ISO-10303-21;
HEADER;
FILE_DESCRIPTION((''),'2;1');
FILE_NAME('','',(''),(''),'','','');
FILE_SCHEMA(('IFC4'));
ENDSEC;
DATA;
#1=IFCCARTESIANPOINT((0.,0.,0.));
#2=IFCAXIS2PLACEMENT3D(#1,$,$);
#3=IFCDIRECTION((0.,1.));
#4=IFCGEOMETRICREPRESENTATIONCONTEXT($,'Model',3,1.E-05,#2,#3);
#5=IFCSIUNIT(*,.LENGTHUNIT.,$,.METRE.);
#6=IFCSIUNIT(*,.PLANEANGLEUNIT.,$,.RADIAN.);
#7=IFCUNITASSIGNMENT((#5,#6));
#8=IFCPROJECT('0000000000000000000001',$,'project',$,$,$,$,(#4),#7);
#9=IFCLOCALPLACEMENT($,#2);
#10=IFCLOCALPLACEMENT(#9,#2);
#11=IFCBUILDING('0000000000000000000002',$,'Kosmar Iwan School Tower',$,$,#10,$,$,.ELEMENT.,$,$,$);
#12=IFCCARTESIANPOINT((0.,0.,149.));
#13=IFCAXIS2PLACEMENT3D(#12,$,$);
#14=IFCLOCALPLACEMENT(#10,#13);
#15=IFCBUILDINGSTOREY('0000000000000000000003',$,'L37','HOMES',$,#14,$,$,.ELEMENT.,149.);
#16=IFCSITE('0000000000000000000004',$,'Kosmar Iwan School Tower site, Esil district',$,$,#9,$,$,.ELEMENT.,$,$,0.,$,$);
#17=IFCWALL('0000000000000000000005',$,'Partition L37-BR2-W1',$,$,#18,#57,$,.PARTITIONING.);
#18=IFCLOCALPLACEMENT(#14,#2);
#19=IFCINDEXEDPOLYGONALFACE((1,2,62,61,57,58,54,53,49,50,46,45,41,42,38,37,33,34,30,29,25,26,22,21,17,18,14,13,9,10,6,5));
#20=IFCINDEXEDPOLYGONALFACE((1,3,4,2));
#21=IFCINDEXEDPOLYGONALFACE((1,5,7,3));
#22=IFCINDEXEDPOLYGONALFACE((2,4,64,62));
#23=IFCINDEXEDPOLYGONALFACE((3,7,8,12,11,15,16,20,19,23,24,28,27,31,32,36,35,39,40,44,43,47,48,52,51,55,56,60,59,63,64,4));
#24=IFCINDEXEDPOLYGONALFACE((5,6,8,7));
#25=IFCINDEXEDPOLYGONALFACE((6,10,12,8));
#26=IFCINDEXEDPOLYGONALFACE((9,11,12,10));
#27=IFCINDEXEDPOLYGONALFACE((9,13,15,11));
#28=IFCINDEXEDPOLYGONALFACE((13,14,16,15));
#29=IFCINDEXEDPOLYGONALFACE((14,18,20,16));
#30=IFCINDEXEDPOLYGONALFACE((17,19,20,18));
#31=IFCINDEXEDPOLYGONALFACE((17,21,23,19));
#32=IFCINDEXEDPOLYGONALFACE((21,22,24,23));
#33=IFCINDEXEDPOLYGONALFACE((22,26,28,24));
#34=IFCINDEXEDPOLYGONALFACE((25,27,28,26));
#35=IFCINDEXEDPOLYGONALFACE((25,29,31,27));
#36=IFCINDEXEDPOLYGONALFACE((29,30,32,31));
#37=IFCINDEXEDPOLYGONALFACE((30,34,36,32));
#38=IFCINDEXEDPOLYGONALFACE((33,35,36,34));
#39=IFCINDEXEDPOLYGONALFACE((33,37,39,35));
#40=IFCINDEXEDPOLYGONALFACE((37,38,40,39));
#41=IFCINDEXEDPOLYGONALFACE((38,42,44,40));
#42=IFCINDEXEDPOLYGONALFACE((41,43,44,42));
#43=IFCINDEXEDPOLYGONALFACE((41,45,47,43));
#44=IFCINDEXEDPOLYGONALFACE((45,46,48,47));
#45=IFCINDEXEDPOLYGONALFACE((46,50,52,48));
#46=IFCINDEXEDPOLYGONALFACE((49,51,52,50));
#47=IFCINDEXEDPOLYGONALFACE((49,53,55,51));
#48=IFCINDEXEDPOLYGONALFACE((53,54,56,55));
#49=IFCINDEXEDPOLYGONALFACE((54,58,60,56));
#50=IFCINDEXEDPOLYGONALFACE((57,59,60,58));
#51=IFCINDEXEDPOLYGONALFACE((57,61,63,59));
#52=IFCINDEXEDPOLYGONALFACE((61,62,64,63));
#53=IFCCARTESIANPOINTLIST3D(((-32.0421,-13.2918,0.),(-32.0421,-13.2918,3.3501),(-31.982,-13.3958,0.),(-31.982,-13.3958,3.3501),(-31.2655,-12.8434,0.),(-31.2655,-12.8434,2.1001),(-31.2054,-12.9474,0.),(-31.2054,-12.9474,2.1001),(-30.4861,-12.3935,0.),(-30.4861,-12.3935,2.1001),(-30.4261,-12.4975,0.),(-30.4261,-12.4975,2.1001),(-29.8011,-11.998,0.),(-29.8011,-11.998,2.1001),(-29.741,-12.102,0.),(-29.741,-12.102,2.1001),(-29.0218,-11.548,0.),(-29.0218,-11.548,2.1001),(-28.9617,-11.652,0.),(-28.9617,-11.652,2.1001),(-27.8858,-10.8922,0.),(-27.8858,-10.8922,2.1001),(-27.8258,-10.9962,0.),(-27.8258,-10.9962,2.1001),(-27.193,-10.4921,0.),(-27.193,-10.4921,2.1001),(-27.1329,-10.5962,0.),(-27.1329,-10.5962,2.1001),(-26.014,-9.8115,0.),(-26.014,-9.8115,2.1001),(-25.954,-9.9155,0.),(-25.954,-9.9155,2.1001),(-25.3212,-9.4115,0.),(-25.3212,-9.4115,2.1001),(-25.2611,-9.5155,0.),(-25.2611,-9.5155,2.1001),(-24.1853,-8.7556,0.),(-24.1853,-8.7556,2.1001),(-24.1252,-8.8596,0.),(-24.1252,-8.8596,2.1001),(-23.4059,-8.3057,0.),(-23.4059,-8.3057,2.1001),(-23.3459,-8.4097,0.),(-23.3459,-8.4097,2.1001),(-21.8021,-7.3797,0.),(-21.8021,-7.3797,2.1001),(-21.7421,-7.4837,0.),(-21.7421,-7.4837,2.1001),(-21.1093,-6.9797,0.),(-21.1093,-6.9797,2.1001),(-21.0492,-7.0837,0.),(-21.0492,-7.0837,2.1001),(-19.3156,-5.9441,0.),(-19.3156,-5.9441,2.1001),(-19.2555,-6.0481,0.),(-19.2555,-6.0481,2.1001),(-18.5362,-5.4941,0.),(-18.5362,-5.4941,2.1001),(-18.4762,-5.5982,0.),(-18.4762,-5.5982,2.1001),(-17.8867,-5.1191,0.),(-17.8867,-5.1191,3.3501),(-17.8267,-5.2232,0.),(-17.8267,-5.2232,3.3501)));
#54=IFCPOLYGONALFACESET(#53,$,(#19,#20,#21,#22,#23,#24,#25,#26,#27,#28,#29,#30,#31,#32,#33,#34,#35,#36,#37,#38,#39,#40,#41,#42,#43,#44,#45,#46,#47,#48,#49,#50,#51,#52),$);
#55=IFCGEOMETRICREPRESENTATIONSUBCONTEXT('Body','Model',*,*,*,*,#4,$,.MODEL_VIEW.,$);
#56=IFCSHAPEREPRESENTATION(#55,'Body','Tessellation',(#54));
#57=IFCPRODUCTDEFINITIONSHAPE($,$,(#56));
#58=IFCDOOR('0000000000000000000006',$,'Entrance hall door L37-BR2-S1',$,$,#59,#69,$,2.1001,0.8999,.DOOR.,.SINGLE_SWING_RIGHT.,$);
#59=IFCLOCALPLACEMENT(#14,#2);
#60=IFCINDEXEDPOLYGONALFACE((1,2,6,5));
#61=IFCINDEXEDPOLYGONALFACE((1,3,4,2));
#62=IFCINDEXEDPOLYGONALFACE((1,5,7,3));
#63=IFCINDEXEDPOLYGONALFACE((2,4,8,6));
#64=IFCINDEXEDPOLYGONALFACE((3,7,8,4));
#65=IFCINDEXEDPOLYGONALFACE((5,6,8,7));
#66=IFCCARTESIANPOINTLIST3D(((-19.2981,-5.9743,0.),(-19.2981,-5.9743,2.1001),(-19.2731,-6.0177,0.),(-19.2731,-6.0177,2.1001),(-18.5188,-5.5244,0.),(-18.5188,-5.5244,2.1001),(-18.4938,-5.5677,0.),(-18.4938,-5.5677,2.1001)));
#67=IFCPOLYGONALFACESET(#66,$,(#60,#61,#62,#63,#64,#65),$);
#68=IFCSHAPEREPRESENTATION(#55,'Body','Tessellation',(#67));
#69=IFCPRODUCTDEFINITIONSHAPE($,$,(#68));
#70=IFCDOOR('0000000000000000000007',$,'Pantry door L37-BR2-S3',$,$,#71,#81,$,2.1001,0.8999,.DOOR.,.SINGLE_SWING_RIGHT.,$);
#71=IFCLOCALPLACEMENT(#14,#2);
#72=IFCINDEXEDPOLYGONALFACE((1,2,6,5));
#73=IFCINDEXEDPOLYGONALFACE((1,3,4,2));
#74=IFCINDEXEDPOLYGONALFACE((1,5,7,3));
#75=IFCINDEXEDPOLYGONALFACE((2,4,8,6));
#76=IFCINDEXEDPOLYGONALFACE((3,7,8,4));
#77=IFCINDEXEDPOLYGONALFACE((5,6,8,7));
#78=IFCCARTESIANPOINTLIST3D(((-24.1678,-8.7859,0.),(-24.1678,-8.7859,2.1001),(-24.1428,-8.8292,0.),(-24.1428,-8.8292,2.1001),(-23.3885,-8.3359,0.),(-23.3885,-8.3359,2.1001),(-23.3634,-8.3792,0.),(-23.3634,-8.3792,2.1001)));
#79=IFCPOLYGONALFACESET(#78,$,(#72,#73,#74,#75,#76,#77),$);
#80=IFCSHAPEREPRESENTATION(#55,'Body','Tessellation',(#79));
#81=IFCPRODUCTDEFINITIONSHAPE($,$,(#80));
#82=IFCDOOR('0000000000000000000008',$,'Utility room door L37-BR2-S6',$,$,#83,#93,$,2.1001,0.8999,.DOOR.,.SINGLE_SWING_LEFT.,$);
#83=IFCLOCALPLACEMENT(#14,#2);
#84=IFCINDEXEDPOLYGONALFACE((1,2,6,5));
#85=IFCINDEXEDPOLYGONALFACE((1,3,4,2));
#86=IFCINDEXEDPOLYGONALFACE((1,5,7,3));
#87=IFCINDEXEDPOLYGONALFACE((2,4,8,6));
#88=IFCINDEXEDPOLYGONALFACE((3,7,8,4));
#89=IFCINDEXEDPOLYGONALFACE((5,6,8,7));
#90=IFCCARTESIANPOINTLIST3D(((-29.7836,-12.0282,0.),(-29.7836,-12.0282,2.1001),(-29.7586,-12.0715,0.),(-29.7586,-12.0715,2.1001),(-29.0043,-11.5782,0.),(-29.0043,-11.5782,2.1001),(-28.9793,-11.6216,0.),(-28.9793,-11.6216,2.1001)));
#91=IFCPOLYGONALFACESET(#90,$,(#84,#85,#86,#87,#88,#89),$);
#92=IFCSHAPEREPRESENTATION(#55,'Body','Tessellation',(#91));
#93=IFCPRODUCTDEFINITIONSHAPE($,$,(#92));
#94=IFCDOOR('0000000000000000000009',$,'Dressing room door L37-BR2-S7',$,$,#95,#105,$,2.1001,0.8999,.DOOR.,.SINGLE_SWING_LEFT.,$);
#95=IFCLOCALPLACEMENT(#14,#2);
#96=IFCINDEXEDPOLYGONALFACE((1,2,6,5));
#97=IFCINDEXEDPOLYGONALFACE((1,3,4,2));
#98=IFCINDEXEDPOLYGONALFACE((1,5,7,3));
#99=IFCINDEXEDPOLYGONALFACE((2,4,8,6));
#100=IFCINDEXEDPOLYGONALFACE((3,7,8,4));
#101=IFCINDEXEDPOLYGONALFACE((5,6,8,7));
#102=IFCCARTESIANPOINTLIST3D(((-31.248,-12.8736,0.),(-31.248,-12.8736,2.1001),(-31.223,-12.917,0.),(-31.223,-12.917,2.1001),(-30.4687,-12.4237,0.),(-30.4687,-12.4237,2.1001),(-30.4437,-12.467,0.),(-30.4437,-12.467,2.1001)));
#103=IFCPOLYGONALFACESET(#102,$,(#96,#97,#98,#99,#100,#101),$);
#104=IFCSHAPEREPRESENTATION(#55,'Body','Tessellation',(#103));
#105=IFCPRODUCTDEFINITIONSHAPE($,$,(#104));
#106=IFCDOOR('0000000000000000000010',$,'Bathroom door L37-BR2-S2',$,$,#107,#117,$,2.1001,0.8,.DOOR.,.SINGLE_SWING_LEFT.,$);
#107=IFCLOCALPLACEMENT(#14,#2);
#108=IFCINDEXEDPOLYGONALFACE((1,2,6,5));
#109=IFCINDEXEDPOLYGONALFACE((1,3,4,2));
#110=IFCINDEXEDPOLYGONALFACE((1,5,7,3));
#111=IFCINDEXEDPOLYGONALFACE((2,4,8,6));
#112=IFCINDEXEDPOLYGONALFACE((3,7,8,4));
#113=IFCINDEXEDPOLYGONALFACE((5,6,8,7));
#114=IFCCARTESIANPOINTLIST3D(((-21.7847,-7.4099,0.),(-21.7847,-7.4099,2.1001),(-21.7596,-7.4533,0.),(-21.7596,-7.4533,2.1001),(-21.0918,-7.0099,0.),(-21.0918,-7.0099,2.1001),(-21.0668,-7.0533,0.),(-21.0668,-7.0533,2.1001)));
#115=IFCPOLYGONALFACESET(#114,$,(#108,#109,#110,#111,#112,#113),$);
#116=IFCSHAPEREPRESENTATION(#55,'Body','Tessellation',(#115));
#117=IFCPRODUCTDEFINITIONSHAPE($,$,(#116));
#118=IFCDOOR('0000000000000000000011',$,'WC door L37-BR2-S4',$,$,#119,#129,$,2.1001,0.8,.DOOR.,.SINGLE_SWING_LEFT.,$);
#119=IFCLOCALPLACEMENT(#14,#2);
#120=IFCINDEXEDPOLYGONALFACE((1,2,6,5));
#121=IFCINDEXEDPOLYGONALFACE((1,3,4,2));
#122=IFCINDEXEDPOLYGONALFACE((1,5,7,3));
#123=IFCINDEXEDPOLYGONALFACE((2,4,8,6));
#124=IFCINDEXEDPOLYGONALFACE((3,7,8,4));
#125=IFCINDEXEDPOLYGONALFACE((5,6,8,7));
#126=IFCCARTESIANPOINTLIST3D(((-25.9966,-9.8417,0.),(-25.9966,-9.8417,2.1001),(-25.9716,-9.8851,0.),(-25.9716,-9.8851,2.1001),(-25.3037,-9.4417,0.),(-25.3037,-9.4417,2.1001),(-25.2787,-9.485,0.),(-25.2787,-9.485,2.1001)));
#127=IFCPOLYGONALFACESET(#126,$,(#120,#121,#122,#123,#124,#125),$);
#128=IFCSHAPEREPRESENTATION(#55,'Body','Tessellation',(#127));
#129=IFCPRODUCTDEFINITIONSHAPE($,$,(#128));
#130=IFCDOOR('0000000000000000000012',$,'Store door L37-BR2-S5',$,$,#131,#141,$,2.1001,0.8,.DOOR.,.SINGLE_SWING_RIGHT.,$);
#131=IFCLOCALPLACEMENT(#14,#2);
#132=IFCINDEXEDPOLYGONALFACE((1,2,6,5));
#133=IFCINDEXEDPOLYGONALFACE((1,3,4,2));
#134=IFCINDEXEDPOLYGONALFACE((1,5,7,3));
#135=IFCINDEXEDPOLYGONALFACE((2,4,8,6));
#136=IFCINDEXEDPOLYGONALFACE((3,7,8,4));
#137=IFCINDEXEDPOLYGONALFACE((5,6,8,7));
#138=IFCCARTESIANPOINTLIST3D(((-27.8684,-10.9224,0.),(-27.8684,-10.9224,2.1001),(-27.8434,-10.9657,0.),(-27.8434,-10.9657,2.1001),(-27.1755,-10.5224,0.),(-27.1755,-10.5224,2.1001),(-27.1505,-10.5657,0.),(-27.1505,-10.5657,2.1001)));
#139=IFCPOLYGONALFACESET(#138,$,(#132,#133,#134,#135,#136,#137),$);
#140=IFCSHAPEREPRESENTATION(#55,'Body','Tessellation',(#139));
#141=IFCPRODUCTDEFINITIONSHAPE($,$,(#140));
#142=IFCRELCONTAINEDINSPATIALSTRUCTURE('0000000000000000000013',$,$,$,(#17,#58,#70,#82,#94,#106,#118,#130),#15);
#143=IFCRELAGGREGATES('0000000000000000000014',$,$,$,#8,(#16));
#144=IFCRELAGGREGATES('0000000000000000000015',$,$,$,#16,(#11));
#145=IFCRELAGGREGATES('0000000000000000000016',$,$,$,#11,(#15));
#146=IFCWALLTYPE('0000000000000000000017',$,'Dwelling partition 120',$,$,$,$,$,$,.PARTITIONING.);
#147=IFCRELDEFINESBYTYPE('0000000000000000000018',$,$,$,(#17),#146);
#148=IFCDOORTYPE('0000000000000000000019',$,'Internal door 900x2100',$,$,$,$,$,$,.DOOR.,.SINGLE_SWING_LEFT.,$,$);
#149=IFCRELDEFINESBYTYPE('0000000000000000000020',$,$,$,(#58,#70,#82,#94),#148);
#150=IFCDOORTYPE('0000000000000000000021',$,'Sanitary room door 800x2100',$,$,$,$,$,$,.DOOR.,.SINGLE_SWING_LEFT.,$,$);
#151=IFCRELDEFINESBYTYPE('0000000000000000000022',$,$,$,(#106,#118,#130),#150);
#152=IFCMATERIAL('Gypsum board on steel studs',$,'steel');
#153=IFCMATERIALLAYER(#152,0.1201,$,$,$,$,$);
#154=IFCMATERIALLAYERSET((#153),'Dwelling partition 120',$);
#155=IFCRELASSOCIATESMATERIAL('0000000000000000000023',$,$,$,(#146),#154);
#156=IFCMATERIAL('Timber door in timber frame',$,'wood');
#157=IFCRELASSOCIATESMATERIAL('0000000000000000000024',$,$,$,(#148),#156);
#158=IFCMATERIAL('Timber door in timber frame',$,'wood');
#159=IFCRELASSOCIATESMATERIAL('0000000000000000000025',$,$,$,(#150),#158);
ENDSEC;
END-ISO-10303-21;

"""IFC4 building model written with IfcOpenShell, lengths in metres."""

from ifc_helpers import new_model, si_unit, direction, frame, frame_2d, origin, place, context, subcontext, project, spatial, rectangle, extrude, material, layer, layer_set, type_object, element, fill, save


model = new_model("IFC4")

# Units and contexts
model_context = context("Model", 3, precision=1e-05, world=origin(), true_north=direction((0.0, 1.0)))
body_context = subcontext(model_context, "Body", "Model", "MODEL_VIEW")
ifc_project = project(units=[si_unit("LENGTHUNIT", "METRE"), si_unit("PLANEANGLEUNIT", "RADIAN")], contexts=[model_context])

# Site, building, storey
site_placement = place(None, origin())
site = spatial("IfcSite", under=ifc_project, at=site_placement, Name="Kosmar Iwan School Tower site, Esil district", CompositionType="ELEMENT", RefElevation=0.0)
building_placement = place(site_placement, origin())
building = spatial("IfcBuilding", under=site, at=building_placement, Name="Kosmar Iwan School Tower", CompositionType="ELEMENT")
storey_placement = place(building_placement, frame((0.0, 0.0, 149.0)))
storey = spatial("IfcBuildingStorey", under=building, at=storey_placement, Name="L37", Description="HOMES", CompositionType="ELEMENT", Elevation=149.0)

# Shared definitions
ifc_material_1 = material(Name="Gypsum board on steel studs", Category="steel")
ifc_layer = layer(ifc_material_1, 0.1201)
ifc_layer_set = layer_set([ifc_layer], Name="Dwelling partition 120")
wall_type = type_object("IfcWallType", Name="Dwelling partition 120", PredefinedType="PARTITIONING", material=ifc_layer_set)
ifc_material_2 = material(Name="Timber door in timber frame", Category="wood")
door_type_1 = type_object("IfcDoorType", Name="Internal door 900x2100", OperationType="SINGLE_SWING_LEFT", PredefinedType="DOOR", material=ifc_material_2)

# Wall, openings, doors
wall_1_placement = place(storey_placement, frame((-17.8567, -5.1711, 0.0), z_axis=(0.0, 0.0, 1.0), x_axis=(-0.866024, -0.500003, 0.0)))
wall_1 = element("IfcWall", 1, at=wall_1_placement, inside=storey, type_object=wall_type, Name="Partition L37-BR2-W1", PredefinedType="PARTITIONING", context=body_context, shape_type="SweptSolid", body=[
    extrude(rectangle(XDim=16.3452, YDim=0.1201, at=frame_2d((8.1726, 0.0))), origin(), (0.0, 0.0, 1.0), 3.3501),
])
opening_1_placement = place(wall_1_placement, frame((0.75, 0.0, 0.0)))
opening_1 = element("IfcOpeningElement", 2, at=opening_1_placement, cuts=wall_1, PredefinedType="OPENING", context=body_context, shape_type="SweptSolid", body=[
    extrude(rectangle(XDim=0.8999, YDim=2.1001, at=frame_2d((0.45, 1.05))), frame((0.0, 0.072, 0.0), z_axis=(0.0, -1.0, 0.0), x_axis=(1.0, 0.0, 0.0)), (0.0, 0.0, 1.0), 0.144),
])
opening_2_placement = place(wall_1_placement, frame((3.7212, 0.0, 0.0)))
opening_2 = element("IfcOpeningElement", 3, at=opening_2_placement, cuts=wall_1, PredefinedType="OPENING", context=body_context, shape_type="SweptSolid", body=[
    extrude(rectangle(XDim=0.8, YDim=2.1001, at=frame_2d((0.3999, 1.05))), frame((0.0, 0.072, 0.0), z_axis=(0.0, -1.0, 0.0), x_axis=(1.0, 0.0, 0.0)), (0.0, 0.0, 1.0), 0.144),
])
opening_3_placement = place(wall_1_placement, frame((6.373, 0.0, 0.0)))
opening_3 = element("IfcOpeningElement", 4, at=opening_3_placement, cuts=wall_1, PredefinedType="OPENING", context=body_context, shape_type="SweptSolid", body=[
    extrude(rectangle(XDim=0.8999, YDim=2.1001, at=frame_2d((0.45, 1.05))), frame((0.0, 0.072, 0.0), z_axis=(0.0, -1.0, 0.0), x_axis=(1.0, 0.0, 0.0)), (0.0, 0.0, 1.0), 0.144),
])
opening_4_placement = place(wall_1_placement, frame((8.5847, 0.0, 0.0)))
opening_4 = element("IfcOpeningElement", 5, at=opening_4_placement, cuts=wall_1, PredefinedType="OPENING", context=body_context, shape_type="SweptSolid", body=[
    extrude(rectangle(XDim=0.8, YDim=2.1001, at=frame_2d((0.3999, 1.05))), frame((0.0, 0.072, 0.0), z_axis=(0.0, -1.0, 0.0), x_axis=(1.0, 0.0, 0.0)), (0.0, 0.0, 1.0), 0.144),
])
opening_5_placement = place(wall_1_placement, frame((10.7461, 0.0, 0.0)))
opening_5 = element("IfcOpeningElement", 6, at=opening_5_placement, cuts=wall_1, PredefinedType="OPENING", context=body_context, shape_type="SweptSolid", body=[
    extrude(rectangle(XDim=0.8, YDim=2.1001, at=frame_2d((0.3999, 1.05))), frame((0.0, 0.072, 0.0), z_axis=(0.0, -1.0, 0.0), x_axis=(1.0, 0.0, 0.0)), (0.0, 0.0, 1.0), 0.144),
])
opening_6_placement = place(wall_1_placement, frame((12.8577, 0.0, 0.0)))
opening_6 = element("IfcOpeningElement", 7, at=opening_6_placement, cuts=wall_1, PredefinedType="OPENING", context=body_context, shape_type="SweptSolid", body=[
    extrude(rectangle(XDim=0.8999, YDim=2.1001, at=frame_2d((0.45, 1.05))), frame((0.0, 0.072, 0.0), z_axis=(0.0, -1.0, 0.0), x_axis=(1.0, 0.0, 0.0)), (0.0, 0.0, 1.0), 0.144),
])
opening_7_placement = place(wall_1_placement, frame((14.5486, 0.0, 0.0)))
opening_7 = element("IfcOpeningElement", 8, at=opening_7_placement, cuts=wall_1, PredefinedType="OPENING", context=body_context, shape_type="SweptSolid", body=[
    extrude(rectangle(XDim=0.8999, YDim=2.1001, at=frame_2d((0.45, 1.05))), frame((0.0, 0.072, 0.0), z_axis=(0.0, -1.0, 0.0), x_axis=(1.0, 0.0, 0.0)), (0.0, 0.0, 1.0), 0.144),
])
door_1_placement = place(opening_1_placement, origin())
door_1 = element("IfcDoor", 9, at=door_1_placement, inside=storey, type_object=door_type_1, Name="Entrance hall door L37-BR2-S1", OperationType="SINGLE_SWING_RIGHT", OverallHeight=2.1001, OverallWidth=0.8999, PredefinedType="DOOR", context=body_context, shape_type="SweptSolid", body=[
    extrude(rectangle(XDim=0.8999, YDim=2.1001, at=frame_2d((0.45, 1.05))), frame((0.0, 0.0249, 0.0), z_axis=(0.0, -1.0, 0.0), x_axis=(1.0, 0.0, 0.0)), (0.0, 0.0, 1.0), 0.05),
])
fill(opening_1, door_1)
door_2_placement = place(opening_3_placement, origin())
door_2 = element("IfcDoor", 10, at=door_2_placement, inside=storey, type_object=door_type_1, Name="Pantry door L37-BR2-S3", OperationType="SINGLE_SWING_RIGHT", OverallHeight=2.1001, OverallWidth=0.8999, PredefinedType="DOOR", context=body_context, shape_type="SweptSolid", body=[
    extrude(rectangle(XDim=0.8999, YDim=2.1001, at=frame_2d((0.45, 1.05))), frame((0.0, 0.0249, 0.0), z_axis=(0.0, -1.0, 0.0), x_axis=(1.0, 0.0, 0.0)), (0.0, 0.0, 1.0), 0.05),
])
fill(opening_3, door_2)
door_3_placement = place(opening_6_placement, origin())
door_3 = element("IfcDoor", 11, at=door_3_placement, inside=storey, type_object=door_type_1, Name="Utility room door L37-BR2-S6", OperationType="SINGLE_SWING_LEFT", OverallHeight=2.1001, OverallWidth=0.8999, PredefinedType="DOOR", context=body_context, shape_type="SweptSolid", body=[
    extrude(rectangle(XDim=0.8999, YDim=2.1001, at=frame_2d((0.45, 1.05))), frame((0.0, 0.0249, 0.0), z_axis=(0.0, -1.0, 0.0), x_axis=(1.0, 0.0, 0.0)), (0.0, 0.0, 1.0), 0.05),
])
fill(opening_6, door_3)
door_4_placement = place(opening_7_placement, origin())
door_4 = element("IfcDoor", 12, at=door_4_placement, inside=storey, type_object=door_type_1, Name="Dressing room door L37-BR2-S7", OperationType="SINGLE_SWING_LEFT", OverallHeight=2.1001, OverallWidth=0.8999, PredefinedType="DOOR", context=body_context, shape_type="SweptSolid", body=[
    extrude(rectangle(XDim=0.8999, YDim=2.1001, at=frame_2d((0.45, 1.05))), frame((0.0, 0.0249, 0.0), z_axis=(0.0, -1.0, 0.0), x_axis=(1.0, 0.0, 0.0)), (0.0, 0.0, 1.0), 0.05),
])
fill(opening_7, door_4)
ifc_material_3 = material(Name="Timber door in timber frame", Category="wood")
door_type_2 = type_object("IfcDoorType", Name="Sanitary room door 800x2100", OperationType="SINGLE_SWING_LEFT", PredefinedType="DOOR", material=ifc_material_3)
door_5_placement = place(opening_2_placement, origin())
door_5 = element("IfcDoor", 13, at=door_5_placement, inside=storey, type_object=door_type_2, Name="Bathroom door L37-BR2-S2", OperationType="SINGLE_SWING_LEFT", OverallHeight=2.1001, OverallWidth=0.8, PredefinedType="DOOR", context=body_context, shape_type="SweptSolid", body=[
    extrude(rectangle(XDim=0.8, YDim=2.1001, at=frame_2d((0.3999, 1.05))), frame((0.0, 0.0249, 0.0), z_axis=(0.0, -1.0, 0.0), x_axis=(1.0, 0.0, 0.0)), (0.0, 0.0, 1.0), 0.05),
])
fill(opening_2, door_5)
door_6_placement = place(opening_4_placement, origin())
door_6 = element("IfcDoor", 14, at=door_6_placement, inside=storey, type_object=door_type_2, Name="WC door L37-BR2-S4", OperationType="SINGLE_SWING_LEFT", OverallHeight=2.1001, OverallWidth=0.8, PredefinedType="DOOR", context=body_context, shape_type="SweptSolid", body=[
    extrude(rectangle(XDim=0.8, YDim=2.1001, at=frame_2d((0.3999, 1.05))), frame((0.0, 0.0249, 0.0), z_axis=(0.0, -1.0, 0.0), x_axis=(1.0, 0.0, 0.0)), (0.0, 0.0, 1.0), 0.05),
])
fill(opening_4, door_6)
door_7_placement = place(opening_5_placement, origin())
door_7 = element("IfcDoor", 15, at=door_7_placement, inside=storey, type_object=door_type_2, Name="Store door L37-BR2-S5", OperationType="SINGLE_SWING_RIGHT", OverallHeight=2.1001, OverallWidth=0.8, PredefinedType="DOOR", context=body_context, shape_type="SweptSolid", body=[
    extrude(rectangle(XDim=0.8, YDim=2.1001, at=frame_2d((0.3999, 1.05))), frame((0.0, 0.0249, 0.0), z_axis=(0.0, -1.0, 0.0), x_axis=(1.0, 0.0, 0.0)), (0.0, 0.0, 1.0), 0.05),
])
fill(opening_5, door_7)

save(model, "model.ifc")
